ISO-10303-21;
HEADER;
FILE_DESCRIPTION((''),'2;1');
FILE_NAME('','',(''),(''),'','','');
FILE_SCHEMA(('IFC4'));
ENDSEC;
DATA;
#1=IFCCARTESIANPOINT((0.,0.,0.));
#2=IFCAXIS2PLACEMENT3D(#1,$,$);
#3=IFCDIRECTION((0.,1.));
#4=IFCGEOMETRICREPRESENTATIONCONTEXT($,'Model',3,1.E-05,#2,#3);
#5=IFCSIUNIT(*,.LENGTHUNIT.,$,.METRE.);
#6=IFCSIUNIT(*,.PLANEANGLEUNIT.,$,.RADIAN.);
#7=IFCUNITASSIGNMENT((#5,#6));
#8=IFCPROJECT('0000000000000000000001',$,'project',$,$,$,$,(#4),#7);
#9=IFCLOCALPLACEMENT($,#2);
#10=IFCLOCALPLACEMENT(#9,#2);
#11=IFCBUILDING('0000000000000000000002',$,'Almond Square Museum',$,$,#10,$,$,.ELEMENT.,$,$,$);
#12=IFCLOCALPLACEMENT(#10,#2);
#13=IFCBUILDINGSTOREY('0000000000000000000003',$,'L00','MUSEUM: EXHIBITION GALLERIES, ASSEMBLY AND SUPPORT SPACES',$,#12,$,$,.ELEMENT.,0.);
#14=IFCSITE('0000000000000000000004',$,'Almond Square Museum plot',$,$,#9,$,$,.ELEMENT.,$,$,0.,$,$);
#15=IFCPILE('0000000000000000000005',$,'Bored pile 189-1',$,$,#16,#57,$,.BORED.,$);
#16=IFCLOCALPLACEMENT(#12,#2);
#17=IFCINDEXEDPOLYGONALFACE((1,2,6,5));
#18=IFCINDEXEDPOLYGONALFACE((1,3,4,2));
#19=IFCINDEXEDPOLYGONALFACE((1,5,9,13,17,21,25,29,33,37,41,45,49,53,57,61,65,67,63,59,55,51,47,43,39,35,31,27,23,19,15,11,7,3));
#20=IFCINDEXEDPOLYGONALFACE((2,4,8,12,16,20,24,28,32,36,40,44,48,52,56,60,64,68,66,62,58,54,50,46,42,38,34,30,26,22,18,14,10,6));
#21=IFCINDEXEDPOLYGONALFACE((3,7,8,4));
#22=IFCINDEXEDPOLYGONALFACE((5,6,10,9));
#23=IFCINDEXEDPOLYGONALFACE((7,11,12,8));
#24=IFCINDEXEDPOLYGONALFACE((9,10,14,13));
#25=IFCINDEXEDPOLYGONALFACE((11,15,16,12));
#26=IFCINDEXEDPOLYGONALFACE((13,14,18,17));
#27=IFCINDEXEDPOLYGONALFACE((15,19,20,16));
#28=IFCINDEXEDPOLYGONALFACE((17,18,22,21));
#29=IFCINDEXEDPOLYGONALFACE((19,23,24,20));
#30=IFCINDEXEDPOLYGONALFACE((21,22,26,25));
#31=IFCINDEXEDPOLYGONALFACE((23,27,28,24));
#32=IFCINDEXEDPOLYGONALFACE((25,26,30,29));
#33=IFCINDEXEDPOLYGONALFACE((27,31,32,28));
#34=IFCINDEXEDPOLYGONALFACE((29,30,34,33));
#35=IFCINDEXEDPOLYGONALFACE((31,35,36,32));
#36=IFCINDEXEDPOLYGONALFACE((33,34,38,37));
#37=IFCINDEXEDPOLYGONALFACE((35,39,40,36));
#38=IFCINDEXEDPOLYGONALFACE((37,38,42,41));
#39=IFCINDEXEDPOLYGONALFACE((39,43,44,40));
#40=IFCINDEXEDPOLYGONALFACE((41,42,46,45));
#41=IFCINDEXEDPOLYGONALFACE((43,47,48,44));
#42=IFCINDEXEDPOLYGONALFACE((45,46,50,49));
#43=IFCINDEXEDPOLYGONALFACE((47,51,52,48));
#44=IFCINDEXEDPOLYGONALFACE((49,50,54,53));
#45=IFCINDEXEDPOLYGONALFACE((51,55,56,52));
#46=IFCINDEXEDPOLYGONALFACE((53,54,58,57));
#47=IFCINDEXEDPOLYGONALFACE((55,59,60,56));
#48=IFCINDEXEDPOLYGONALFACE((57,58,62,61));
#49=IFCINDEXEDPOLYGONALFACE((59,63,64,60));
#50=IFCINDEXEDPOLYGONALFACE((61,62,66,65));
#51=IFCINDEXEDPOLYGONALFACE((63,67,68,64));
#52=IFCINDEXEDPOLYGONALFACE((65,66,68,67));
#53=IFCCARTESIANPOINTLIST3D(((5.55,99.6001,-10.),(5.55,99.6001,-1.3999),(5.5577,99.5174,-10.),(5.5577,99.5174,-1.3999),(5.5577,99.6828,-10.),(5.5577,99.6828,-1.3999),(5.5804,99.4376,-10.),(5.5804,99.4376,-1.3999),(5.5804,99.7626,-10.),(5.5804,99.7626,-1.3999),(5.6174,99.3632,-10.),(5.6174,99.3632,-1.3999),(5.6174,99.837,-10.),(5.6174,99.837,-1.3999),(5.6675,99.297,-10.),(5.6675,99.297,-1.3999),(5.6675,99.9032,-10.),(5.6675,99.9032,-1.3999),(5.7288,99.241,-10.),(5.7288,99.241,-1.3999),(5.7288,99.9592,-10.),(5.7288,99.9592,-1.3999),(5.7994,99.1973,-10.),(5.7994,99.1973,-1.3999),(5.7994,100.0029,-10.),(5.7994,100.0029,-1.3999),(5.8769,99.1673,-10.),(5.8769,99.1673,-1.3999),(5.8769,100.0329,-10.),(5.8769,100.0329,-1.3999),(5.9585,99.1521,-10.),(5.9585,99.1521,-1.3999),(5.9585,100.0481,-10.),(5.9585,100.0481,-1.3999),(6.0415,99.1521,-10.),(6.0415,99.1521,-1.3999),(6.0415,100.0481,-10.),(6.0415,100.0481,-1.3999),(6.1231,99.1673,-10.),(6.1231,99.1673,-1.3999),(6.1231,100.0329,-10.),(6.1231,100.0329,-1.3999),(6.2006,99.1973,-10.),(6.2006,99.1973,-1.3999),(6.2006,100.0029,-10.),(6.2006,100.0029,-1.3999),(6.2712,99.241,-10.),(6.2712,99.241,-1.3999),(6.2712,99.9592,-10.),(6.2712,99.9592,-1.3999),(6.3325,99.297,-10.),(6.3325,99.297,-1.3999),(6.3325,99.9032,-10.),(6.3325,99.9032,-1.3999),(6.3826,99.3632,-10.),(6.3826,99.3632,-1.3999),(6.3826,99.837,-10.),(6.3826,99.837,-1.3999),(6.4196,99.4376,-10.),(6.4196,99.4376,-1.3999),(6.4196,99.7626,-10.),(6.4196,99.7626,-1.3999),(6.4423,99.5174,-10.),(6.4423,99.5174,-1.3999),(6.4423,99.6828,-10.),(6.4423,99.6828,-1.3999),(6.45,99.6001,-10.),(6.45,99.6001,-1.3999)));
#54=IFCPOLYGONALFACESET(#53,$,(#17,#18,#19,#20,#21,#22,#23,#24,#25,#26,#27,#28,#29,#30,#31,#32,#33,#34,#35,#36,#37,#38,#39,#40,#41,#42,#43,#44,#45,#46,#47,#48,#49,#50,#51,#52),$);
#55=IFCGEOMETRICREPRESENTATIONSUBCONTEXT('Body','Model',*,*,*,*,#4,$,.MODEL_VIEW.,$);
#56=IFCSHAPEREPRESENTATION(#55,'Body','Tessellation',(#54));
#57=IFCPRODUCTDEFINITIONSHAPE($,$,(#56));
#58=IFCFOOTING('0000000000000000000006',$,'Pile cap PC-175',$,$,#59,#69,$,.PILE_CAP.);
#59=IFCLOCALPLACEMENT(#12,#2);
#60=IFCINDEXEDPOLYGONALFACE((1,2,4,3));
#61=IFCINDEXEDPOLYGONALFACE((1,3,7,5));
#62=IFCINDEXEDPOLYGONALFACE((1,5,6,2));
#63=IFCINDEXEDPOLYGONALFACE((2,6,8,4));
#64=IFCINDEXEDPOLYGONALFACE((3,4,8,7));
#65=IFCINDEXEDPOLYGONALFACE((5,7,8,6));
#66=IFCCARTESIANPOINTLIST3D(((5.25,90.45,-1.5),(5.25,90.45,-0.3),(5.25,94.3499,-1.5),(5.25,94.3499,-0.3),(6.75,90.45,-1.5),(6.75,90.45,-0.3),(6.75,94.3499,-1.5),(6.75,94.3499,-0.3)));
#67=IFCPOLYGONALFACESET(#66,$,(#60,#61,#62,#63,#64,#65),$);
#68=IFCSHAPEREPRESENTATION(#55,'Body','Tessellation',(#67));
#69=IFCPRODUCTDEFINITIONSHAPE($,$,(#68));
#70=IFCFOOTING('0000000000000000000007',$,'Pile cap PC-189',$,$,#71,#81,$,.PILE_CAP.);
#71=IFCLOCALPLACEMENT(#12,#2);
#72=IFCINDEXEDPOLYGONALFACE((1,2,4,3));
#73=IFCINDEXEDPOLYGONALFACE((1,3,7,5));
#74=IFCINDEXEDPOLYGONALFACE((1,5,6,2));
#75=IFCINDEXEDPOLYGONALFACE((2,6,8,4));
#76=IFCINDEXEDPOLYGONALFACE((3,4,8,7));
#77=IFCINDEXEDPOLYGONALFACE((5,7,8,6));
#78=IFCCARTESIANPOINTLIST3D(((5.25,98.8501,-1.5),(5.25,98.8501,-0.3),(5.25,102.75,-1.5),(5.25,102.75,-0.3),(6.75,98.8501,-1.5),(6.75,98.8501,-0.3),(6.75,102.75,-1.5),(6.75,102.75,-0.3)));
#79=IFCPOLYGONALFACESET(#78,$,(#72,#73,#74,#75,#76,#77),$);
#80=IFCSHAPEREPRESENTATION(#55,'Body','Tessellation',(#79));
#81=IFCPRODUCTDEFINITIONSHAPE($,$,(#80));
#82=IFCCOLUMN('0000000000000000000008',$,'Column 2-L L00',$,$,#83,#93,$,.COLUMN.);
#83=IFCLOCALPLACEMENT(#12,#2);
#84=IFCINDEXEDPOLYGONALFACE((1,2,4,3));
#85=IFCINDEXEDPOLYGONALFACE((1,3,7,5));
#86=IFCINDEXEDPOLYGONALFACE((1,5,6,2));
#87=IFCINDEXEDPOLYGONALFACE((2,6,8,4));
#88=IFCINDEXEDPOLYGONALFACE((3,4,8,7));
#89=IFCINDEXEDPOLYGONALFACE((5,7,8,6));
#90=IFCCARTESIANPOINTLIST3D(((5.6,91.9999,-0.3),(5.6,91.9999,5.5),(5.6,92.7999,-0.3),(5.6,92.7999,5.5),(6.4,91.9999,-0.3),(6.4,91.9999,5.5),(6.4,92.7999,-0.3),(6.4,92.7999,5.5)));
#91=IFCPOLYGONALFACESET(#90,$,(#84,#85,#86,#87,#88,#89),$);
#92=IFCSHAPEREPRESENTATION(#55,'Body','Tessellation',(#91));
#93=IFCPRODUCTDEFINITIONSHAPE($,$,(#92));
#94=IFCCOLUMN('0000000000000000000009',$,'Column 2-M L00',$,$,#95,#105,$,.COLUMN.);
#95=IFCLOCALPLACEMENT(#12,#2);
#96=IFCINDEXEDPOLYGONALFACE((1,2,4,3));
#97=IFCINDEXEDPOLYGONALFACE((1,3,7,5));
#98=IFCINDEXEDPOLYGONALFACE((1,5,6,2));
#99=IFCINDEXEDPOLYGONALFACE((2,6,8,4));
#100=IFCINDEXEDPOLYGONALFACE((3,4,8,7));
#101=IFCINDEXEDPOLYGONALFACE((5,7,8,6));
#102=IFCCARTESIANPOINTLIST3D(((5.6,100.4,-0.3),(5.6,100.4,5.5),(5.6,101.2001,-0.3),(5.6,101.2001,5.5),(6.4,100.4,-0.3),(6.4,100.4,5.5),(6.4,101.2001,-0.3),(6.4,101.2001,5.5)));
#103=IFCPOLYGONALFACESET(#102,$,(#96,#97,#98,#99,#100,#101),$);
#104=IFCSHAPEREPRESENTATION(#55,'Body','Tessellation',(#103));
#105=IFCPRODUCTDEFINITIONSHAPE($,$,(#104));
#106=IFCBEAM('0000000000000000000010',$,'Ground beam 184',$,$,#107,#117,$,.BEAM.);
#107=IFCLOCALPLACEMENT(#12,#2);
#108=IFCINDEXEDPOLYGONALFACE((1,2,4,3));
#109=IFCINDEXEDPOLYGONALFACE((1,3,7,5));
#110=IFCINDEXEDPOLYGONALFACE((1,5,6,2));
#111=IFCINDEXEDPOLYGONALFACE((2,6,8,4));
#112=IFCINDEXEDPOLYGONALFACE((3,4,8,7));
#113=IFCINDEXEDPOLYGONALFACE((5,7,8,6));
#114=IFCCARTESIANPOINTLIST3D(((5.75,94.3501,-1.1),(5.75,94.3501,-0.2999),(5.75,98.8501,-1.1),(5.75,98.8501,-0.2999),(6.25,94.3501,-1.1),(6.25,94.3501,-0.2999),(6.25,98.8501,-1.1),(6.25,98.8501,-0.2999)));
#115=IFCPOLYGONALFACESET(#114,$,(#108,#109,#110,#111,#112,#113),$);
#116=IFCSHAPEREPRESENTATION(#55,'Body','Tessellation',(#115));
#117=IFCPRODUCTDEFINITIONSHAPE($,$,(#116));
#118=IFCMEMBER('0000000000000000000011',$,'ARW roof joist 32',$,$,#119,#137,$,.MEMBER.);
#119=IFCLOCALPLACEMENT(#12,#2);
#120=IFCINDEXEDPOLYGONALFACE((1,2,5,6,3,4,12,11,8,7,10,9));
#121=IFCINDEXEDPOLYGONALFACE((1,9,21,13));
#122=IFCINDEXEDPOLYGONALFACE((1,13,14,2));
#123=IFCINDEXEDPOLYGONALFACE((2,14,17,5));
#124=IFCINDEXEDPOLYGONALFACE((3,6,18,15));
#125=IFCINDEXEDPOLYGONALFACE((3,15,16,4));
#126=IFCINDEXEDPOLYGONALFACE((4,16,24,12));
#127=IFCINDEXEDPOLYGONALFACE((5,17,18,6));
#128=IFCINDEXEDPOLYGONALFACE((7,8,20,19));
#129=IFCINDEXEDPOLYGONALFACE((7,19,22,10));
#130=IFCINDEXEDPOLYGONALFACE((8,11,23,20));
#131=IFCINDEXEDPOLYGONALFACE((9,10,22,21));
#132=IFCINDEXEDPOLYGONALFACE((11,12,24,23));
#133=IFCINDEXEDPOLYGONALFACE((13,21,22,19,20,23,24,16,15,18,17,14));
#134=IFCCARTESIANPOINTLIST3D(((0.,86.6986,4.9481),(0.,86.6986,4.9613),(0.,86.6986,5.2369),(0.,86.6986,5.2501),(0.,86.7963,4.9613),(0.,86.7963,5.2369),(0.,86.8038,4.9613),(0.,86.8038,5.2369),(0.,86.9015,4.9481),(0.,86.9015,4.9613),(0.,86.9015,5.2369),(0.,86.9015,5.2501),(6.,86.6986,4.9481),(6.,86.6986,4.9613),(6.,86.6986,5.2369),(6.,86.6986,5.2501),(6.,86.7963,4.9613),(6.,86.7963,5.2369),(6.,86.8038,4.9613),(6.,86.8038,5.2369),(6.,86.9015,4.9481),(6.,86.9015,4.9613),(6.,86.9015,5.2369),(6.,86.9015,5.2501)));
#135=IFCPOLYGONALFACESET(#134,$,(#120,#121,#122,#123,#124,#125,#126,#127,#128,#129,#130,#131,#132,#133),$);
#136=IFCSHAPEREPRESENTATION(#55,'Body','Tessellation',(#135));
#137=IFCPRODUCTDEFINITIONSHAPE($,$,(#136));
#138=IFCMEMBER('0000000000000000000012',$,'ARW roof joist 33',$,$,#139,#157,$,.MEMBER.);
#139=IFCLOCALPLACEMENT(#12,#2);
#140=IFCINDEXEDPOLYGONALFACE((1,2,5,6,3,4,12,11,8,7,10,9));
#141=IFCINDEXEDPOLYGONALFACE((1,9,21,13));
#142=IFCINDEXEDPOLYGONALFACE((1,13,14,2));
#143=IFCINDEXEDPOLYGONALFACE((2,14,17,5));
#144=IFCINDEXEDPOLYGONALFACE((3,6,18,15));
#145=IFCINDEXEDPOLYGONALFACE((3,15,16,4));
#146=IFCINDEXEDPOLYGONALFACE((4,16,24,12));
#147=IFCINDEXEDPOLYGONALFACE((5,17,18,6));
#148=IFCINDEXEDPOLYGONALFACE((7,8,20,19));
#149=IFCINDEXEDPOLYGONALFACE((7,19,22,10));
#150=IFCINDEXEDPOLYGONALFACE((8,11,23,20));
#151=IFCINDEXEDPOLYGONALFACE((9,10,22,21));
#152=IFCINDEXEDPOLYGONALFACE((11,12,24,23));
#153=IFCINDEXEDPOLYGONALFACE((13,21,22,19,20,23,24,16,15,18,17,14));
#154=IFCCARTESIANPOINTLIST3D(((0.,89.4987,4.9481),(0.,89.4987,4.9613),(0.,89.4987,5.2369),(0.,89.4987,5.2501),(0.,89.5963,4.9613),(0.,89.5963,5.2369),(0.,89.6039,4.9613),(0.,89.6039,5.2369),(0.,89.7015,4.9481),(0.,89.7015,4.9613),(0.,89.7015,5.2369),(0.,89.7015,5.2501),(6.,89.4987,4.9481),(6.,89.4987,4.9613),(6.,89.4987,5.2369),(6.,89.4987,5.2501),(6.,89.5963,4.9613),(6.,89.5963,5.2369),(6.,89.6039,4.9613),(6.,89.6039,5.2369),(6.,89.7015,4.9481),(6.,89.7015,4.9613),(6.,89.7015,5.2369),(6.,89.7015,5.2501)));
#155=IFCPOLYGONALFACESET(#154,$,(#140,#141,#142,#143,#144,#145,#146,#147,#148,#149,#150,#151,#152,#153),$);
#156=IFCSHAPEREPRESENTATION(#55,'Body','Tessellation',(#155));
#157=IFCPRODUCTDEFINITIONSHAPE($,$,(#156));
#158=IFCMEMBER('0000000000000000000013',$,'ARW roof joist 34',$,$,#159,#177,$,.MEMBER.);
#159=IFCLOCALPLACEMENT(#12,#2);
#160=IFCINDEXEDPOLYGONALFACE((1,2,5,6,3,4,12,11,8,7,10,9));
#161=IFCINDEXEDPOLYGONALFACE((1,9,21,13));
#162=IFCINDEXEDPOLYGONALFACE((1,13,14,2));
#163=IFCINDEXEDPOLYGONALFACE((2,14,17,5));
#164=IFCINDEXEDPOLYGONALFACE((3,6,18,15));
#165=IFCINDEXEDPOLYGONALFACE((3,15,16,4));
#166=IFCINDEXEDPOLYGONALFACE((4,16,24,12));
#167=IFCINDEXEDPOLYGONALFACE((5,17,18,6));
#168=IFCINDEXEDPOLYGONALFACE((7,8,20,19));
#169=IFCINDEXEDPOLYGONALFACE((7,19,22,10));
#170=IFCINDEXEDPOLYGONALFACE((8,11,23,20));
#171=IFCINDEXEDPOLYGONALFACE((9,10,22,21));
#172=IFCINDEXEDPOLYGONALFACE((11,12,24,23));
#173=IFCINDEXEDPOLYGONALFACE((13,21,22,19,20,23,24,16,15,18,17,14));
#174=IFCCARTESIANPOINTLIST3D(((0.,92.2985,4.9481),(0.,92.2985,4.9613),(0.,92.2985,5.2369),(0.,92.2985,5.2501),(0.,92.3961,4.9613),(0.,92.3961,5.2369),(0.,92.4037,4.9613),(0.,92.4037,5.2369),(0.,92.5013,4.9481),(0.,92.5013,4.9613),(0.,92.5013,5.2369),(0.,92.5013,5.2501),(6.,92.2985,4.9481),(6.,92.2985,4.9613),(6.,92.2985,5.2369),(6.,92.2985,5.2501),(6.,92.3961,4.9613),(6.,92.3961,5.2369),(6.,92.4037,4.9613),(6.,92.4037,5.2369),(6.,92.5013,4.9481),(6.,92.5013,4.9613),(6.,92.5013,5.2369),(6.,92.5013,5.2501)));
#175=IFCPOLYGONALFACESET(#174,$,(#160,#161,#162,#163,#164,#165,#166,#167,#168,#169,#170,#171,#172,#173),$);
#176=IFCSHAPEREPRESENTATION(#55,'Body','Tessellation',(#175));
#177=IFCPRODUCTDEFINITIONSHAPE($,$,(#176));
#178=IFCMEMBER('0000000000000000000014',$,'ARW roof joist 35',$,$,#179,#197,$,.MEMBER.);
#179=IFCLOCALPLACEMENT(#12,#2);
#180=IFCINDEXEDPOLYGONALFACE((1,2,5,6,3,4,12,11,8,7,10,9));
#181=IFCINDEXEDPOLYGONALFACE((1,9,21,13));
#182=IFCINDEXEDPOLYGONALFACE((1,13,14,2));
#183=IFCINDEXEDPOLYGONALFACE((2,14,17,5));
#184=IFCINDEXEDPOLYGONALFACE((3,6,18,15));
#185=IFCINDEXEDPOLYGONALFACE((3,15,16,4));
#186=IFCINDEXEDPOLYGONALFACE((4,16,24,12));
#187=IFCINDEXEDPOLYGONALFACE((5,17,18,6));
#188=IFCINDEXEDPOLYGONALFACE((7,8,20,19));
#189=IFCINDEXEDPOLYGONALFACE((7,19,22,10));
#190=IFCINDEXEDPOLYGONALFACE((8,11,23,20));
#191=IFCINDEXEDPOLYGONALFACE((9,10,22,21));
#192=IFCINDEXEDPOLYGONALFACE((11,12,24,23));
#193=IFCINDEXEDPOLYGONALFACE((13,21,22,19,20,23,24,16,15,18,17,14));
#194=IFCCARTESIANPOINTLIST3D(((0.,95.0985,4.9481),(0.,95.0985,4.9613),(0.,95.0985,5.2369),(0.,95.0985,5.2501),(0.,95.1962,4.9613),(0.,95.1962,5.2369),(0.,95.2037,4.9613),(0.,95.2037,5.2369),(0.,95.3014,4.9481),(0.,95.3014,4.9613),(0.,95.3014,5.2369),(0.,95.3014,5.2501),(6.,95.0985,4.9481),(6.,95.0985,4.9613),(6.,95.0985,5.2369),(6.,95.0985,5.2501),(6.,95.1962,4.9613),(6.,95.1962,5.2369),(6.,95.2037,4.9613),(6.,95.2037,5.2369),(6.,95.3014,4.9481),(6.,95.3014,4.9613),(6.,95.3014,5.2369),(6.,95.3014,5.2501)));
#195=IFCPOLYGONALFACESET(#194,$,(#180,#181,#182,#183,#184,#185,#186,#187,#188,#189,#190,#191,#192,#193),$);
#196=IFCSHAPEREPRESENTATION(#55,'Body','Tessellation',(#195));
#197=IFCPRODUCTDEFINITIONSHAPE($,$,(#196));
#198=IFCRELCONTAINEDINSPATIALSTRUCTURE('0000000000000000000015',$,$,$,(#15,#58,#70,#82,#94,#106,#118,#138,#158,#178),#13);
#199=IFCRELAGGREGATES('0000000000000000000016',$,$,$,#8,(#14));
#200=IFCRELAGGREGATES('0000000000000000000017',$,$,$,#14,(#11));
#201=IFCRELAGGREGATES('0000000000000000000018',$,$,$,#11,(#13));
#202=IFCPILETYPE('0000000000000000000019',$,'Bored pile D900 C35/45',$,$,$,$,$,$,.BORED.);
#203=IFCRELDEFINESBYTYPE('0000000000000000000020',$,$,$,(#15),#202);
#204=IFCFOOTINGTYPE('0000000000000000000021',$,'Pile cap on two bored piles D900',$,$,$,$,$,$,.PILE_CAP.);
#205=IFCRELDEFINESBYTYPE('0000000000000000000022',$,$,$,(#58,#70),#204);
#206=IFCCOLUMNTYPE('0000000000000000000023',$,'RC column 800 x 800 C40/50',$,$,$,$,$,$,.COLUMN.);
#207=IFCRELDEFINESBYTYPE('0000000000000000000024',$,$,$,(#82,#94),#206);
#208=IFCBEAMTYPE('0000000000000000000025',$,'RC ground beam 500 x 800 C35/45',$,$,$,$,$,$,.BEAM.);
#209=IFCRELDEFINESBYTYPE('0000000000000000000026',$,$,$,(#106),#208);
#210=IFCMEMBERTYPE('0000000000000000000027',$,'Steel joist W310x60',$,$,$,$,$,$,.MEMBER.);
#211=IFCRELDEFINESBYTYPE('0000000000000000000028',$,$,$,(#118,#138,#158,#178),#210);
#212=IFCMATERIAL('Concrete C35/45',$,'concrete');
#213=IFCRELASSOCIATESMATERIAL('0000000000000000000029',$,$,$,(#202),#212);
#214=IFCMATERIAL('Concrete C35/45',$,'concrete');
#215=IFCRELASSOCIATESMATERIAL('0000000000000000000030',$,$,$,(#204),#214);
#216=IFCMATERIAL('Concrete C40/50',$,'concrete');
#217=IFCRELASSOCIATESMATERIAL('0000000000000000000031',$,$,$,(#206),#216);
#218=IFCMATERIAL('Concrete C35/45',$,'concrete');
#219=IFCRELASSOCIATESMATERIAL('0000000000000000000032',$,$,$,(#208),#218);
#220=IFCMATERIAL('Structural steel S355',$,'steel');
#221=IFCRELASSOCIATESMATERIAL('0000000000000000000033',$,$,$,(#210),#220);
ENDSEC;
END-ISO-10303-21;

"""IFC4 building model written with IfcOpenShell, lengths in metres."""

from ifc_helpers import new_model, si_unit, direction, frame, origin, origin_2d, place, context, subcontext, project, spatial, rectangle, circle, i_section, extrude, material, material_profile, profile_set, type_object, element, save


model = new_model("IFC4")

# Units and contexts
model_context = context("Model", 3, precision=1e-05, world=origin(), true_north=direction((0.0, 1.0)))
body_context = subcontext(model_context, "Body", "Model", "MODEL_VIEW")
ifc_project = project(units=[si_unit("LENGTHUNIT", "METRE"), si_unit("PLANEANGLEUNIT", "RADIAN")], contexts=[model_context])

# Site, building, storey
site_placement = place(None, origin())
site = spatial("IfcSite", under=ifc_project, at=site_placement, Name="Almond Square Museum plot", CompositionType="ELEMENT", RefElevation=0.0)
building_placement = place(site_placement, origin())
building = spatial("IfcBuilding", under=site, at=building_placement, Name="Almond Square Museum", CompositionType="ELEMENT")
storey_placement = place(building_placement, origin())
storey = spatial("IfcBuildingStorey", under=building, at=storey_placement, Name="L00", Description="MUSEUM: EXHIBITION GALLERIES, ASSEMBLY AND SUPPORT SPACES", CompositionType="ELEMENT", Elevation=0.0)

# Pile
ifc_material_1 = material(Name="Concrete C35/45", Category="concrete")
ifc_material_profile_1 = material_profile(ifc_material_1, circle(Radius=0.45, at=origin_2d()))
ifc_profile_set_1 = profile_set([ifc_material_profile_1], Name="Concrete C35/45")
pile_type = type_object("IfcPileType", Name="Bored pile D900 C35/45", PredefinedType="BORED", material=ifc_profile_set_1)
for number, where, z_axis, x_axis, name in (
    (1, (6.0, 99.6001, -1.3999), (0.0, 0.0, -1.0), (1.0, 0.0, 0.0), "Bored pile 189-1"),
):
    element("IfcPile", number, at=place(storey_placement, frame(where, z_axis=z_axis, x_axis=x_axis)), inside=storey, type_object=pile_type, Name=name, PredefinedType="BORED", context=body_context, shape_type="SweptSolid", body=[
        extrude(circle(Radius=0.45, at=origin_2d()), origin(), (0.0, 0.0, 1.0), 8.6001),
    ])

# Footings
ifc_material_2 = material(Name="Concrete C35/45", Category="concrete")
footing_type = type_object("IfcFootingType", Name="Pile cap on two bored piles D900", PredefinedType="PILE_CAP", material=ifc_material_2)
for number, where, z_axis, x_axis, name in (
    (2, (6.0, 92.3999, -1.5), (0.0, 0.0, 1.0), (1.0, 0.0, 0.0), "Pile cap PC-175"),
    (3, (6.0, 100.8, -1.5), (0.0, 0.0, 1.0), (1.0, 0.0, 0.0), "Pile cap PC-189"),
):
    element("IfcFooting", number, at=place(storey_placement, frame(where, z_axis=z_axis, x_axis=x_axis)), inside=storey, type_object=footing_type, Name=name, PredefinedType="PILE_CAP", context=body_context, shape_type="SweptSolid", body=[
        extrude(rectangle(XDim=1.5, YDim=3.8999, at=origin_2d()), origin(), (0.0, 0.0, 1.0), 1.2),
    ])

# Columns
ifc_material_3 = material(Name="Concrete C40/50", Category="concrete")
ifc_material_profile_2 = material_profile(ifc_material_3, rectangle(XDim=0.8, YDim=0.8, at=origin_2d()))
ifc_profile_set_2 = profile_set([ifc_material_profile_2], Name="Concrete C40/50")
column_type = type_object("IfcColumnType", Name="RC column 800 x 800 C40/50", PredefinedType="COLUMN", material=ifc_profile_set_2)
for number, where, z_axis, x_axis, name in (
    (4, (6.0, 92.3999, -0.3), (0.0, 0.0, 1.0), (1.0, 0.0, 0.0), "Column 2-L L00"),
    (5, (6.0, 100.8, -0.3), (0.0, 0.0, 1.0), (1.0, 0.0, 0.0), "Column 2-M L00"),
):
    element("IfcColumn", number, at=place(storey_placement, frame(where, z_axis=z_axis, x_axis=x_axis)), inside=storey, type_object=column_type, Name=name, PredefinedType="COLUMN", context=body_context, shape_type="SweptSolid", body=[
        extrude(rectangle(XDim=0.8, YDim=0.8, at=origin_2d()), origin(), (0.0, 0.0, 1.0), 5.8),
    ])

# Beam
ifc_material_4 = material(Name="Concrete C35/45", Category="concrete")
ifc_material_profile_3 = material_profile(ifc_material_4, rectangle(XDim=0.5, YDim=0.8, at=origin_2d()))
ifc_profile_set_3 = profile_set([ifc_material_profile_3], Name="Concrete C35/45")
beam_type = type_object("IfcBeamType", Name="RC ground beam 500 x 800 C35/45", PredefinedType="BEAM", material=ifc_profile_set_3)
beam_placement = place(storey_placement, frame((6.0, 94.3501, -0.7), z_axis=(0.0, 1.0, 0.0), x_axis=(-1.0, 0.0, 0.0)))
element("IfcBeam", 6, at=beam_placement, inside=storey, type_object=beam_type, Name="Ground beam 184", PredefinedType="BEAM", context=body_context, shape_type="SweptSolid", body=[
    extrude(rectangle(XDim=0.5, YDim=0.8, at=origin_2d()), origin(), (0.0, 0.0, 1.0), 4.5),
])

# Members
ifc_material_5 = material(Name="Structural steel S355", Category="steel")
ifc_material_profile_4 = material_profile(ifc_material_5, i_section(OverallWidth=0.2029, OverallDepth=0.302, WebThickness=0.0076, FlangeThickness=0.0132, at=origin_2d()))
ifc_profile_set_4 = profile_set([ifc_material_profile_4], Name="Structural steel S355")
member_type = type_object("IfcMemberType", Name="Steel joist W310x60", PredefinedType="MEMBER", material=ifc_profile_set_4)
for number, where, z_axis, x_axis, name in (
    (7, (6.0, 86.8, 5.0991), (-1.0, 0.0, 0.0), (0.0, -1.0, 0.0), "ARW roof joist 32"),
    (8, (6.0, 89.6001, 5.0991), (-1.0, 0.0, 0.0), (0.0, -1.0, 0.0), "ARW roof joist 33"),
    (9, (6.0, 92.3999, 5.0991), (-1.0, 0.0, 0.0), (0.0, -1.0, 0.0), "ARW roof joist 34"),
    (10, (6.0, 95.2, 5.0991), (-1.0, 0.0, 0.0), (0.0, -1.0, 0.0), "ARW roof joist 35"),
):
    element("IfcMember", number, at=place(storey_placement, frame(where, z_axis=z_axis, x_axis=x_axis)), inside=storey, type_object=member_type, Name=name, PredefinedType="MEMBER", context=body_context, shape_type="SweptSolid", body=[
        extrude(i_section(OverallWidth=0.2029, OverallDepth=0.302, WebThickness=0.0076, FlangeThickness=0.0132, at=origin_2d()), origin(), (0.0, 0.0, 1.0), 6.0),
    ])

save(model, "model.ifc")
